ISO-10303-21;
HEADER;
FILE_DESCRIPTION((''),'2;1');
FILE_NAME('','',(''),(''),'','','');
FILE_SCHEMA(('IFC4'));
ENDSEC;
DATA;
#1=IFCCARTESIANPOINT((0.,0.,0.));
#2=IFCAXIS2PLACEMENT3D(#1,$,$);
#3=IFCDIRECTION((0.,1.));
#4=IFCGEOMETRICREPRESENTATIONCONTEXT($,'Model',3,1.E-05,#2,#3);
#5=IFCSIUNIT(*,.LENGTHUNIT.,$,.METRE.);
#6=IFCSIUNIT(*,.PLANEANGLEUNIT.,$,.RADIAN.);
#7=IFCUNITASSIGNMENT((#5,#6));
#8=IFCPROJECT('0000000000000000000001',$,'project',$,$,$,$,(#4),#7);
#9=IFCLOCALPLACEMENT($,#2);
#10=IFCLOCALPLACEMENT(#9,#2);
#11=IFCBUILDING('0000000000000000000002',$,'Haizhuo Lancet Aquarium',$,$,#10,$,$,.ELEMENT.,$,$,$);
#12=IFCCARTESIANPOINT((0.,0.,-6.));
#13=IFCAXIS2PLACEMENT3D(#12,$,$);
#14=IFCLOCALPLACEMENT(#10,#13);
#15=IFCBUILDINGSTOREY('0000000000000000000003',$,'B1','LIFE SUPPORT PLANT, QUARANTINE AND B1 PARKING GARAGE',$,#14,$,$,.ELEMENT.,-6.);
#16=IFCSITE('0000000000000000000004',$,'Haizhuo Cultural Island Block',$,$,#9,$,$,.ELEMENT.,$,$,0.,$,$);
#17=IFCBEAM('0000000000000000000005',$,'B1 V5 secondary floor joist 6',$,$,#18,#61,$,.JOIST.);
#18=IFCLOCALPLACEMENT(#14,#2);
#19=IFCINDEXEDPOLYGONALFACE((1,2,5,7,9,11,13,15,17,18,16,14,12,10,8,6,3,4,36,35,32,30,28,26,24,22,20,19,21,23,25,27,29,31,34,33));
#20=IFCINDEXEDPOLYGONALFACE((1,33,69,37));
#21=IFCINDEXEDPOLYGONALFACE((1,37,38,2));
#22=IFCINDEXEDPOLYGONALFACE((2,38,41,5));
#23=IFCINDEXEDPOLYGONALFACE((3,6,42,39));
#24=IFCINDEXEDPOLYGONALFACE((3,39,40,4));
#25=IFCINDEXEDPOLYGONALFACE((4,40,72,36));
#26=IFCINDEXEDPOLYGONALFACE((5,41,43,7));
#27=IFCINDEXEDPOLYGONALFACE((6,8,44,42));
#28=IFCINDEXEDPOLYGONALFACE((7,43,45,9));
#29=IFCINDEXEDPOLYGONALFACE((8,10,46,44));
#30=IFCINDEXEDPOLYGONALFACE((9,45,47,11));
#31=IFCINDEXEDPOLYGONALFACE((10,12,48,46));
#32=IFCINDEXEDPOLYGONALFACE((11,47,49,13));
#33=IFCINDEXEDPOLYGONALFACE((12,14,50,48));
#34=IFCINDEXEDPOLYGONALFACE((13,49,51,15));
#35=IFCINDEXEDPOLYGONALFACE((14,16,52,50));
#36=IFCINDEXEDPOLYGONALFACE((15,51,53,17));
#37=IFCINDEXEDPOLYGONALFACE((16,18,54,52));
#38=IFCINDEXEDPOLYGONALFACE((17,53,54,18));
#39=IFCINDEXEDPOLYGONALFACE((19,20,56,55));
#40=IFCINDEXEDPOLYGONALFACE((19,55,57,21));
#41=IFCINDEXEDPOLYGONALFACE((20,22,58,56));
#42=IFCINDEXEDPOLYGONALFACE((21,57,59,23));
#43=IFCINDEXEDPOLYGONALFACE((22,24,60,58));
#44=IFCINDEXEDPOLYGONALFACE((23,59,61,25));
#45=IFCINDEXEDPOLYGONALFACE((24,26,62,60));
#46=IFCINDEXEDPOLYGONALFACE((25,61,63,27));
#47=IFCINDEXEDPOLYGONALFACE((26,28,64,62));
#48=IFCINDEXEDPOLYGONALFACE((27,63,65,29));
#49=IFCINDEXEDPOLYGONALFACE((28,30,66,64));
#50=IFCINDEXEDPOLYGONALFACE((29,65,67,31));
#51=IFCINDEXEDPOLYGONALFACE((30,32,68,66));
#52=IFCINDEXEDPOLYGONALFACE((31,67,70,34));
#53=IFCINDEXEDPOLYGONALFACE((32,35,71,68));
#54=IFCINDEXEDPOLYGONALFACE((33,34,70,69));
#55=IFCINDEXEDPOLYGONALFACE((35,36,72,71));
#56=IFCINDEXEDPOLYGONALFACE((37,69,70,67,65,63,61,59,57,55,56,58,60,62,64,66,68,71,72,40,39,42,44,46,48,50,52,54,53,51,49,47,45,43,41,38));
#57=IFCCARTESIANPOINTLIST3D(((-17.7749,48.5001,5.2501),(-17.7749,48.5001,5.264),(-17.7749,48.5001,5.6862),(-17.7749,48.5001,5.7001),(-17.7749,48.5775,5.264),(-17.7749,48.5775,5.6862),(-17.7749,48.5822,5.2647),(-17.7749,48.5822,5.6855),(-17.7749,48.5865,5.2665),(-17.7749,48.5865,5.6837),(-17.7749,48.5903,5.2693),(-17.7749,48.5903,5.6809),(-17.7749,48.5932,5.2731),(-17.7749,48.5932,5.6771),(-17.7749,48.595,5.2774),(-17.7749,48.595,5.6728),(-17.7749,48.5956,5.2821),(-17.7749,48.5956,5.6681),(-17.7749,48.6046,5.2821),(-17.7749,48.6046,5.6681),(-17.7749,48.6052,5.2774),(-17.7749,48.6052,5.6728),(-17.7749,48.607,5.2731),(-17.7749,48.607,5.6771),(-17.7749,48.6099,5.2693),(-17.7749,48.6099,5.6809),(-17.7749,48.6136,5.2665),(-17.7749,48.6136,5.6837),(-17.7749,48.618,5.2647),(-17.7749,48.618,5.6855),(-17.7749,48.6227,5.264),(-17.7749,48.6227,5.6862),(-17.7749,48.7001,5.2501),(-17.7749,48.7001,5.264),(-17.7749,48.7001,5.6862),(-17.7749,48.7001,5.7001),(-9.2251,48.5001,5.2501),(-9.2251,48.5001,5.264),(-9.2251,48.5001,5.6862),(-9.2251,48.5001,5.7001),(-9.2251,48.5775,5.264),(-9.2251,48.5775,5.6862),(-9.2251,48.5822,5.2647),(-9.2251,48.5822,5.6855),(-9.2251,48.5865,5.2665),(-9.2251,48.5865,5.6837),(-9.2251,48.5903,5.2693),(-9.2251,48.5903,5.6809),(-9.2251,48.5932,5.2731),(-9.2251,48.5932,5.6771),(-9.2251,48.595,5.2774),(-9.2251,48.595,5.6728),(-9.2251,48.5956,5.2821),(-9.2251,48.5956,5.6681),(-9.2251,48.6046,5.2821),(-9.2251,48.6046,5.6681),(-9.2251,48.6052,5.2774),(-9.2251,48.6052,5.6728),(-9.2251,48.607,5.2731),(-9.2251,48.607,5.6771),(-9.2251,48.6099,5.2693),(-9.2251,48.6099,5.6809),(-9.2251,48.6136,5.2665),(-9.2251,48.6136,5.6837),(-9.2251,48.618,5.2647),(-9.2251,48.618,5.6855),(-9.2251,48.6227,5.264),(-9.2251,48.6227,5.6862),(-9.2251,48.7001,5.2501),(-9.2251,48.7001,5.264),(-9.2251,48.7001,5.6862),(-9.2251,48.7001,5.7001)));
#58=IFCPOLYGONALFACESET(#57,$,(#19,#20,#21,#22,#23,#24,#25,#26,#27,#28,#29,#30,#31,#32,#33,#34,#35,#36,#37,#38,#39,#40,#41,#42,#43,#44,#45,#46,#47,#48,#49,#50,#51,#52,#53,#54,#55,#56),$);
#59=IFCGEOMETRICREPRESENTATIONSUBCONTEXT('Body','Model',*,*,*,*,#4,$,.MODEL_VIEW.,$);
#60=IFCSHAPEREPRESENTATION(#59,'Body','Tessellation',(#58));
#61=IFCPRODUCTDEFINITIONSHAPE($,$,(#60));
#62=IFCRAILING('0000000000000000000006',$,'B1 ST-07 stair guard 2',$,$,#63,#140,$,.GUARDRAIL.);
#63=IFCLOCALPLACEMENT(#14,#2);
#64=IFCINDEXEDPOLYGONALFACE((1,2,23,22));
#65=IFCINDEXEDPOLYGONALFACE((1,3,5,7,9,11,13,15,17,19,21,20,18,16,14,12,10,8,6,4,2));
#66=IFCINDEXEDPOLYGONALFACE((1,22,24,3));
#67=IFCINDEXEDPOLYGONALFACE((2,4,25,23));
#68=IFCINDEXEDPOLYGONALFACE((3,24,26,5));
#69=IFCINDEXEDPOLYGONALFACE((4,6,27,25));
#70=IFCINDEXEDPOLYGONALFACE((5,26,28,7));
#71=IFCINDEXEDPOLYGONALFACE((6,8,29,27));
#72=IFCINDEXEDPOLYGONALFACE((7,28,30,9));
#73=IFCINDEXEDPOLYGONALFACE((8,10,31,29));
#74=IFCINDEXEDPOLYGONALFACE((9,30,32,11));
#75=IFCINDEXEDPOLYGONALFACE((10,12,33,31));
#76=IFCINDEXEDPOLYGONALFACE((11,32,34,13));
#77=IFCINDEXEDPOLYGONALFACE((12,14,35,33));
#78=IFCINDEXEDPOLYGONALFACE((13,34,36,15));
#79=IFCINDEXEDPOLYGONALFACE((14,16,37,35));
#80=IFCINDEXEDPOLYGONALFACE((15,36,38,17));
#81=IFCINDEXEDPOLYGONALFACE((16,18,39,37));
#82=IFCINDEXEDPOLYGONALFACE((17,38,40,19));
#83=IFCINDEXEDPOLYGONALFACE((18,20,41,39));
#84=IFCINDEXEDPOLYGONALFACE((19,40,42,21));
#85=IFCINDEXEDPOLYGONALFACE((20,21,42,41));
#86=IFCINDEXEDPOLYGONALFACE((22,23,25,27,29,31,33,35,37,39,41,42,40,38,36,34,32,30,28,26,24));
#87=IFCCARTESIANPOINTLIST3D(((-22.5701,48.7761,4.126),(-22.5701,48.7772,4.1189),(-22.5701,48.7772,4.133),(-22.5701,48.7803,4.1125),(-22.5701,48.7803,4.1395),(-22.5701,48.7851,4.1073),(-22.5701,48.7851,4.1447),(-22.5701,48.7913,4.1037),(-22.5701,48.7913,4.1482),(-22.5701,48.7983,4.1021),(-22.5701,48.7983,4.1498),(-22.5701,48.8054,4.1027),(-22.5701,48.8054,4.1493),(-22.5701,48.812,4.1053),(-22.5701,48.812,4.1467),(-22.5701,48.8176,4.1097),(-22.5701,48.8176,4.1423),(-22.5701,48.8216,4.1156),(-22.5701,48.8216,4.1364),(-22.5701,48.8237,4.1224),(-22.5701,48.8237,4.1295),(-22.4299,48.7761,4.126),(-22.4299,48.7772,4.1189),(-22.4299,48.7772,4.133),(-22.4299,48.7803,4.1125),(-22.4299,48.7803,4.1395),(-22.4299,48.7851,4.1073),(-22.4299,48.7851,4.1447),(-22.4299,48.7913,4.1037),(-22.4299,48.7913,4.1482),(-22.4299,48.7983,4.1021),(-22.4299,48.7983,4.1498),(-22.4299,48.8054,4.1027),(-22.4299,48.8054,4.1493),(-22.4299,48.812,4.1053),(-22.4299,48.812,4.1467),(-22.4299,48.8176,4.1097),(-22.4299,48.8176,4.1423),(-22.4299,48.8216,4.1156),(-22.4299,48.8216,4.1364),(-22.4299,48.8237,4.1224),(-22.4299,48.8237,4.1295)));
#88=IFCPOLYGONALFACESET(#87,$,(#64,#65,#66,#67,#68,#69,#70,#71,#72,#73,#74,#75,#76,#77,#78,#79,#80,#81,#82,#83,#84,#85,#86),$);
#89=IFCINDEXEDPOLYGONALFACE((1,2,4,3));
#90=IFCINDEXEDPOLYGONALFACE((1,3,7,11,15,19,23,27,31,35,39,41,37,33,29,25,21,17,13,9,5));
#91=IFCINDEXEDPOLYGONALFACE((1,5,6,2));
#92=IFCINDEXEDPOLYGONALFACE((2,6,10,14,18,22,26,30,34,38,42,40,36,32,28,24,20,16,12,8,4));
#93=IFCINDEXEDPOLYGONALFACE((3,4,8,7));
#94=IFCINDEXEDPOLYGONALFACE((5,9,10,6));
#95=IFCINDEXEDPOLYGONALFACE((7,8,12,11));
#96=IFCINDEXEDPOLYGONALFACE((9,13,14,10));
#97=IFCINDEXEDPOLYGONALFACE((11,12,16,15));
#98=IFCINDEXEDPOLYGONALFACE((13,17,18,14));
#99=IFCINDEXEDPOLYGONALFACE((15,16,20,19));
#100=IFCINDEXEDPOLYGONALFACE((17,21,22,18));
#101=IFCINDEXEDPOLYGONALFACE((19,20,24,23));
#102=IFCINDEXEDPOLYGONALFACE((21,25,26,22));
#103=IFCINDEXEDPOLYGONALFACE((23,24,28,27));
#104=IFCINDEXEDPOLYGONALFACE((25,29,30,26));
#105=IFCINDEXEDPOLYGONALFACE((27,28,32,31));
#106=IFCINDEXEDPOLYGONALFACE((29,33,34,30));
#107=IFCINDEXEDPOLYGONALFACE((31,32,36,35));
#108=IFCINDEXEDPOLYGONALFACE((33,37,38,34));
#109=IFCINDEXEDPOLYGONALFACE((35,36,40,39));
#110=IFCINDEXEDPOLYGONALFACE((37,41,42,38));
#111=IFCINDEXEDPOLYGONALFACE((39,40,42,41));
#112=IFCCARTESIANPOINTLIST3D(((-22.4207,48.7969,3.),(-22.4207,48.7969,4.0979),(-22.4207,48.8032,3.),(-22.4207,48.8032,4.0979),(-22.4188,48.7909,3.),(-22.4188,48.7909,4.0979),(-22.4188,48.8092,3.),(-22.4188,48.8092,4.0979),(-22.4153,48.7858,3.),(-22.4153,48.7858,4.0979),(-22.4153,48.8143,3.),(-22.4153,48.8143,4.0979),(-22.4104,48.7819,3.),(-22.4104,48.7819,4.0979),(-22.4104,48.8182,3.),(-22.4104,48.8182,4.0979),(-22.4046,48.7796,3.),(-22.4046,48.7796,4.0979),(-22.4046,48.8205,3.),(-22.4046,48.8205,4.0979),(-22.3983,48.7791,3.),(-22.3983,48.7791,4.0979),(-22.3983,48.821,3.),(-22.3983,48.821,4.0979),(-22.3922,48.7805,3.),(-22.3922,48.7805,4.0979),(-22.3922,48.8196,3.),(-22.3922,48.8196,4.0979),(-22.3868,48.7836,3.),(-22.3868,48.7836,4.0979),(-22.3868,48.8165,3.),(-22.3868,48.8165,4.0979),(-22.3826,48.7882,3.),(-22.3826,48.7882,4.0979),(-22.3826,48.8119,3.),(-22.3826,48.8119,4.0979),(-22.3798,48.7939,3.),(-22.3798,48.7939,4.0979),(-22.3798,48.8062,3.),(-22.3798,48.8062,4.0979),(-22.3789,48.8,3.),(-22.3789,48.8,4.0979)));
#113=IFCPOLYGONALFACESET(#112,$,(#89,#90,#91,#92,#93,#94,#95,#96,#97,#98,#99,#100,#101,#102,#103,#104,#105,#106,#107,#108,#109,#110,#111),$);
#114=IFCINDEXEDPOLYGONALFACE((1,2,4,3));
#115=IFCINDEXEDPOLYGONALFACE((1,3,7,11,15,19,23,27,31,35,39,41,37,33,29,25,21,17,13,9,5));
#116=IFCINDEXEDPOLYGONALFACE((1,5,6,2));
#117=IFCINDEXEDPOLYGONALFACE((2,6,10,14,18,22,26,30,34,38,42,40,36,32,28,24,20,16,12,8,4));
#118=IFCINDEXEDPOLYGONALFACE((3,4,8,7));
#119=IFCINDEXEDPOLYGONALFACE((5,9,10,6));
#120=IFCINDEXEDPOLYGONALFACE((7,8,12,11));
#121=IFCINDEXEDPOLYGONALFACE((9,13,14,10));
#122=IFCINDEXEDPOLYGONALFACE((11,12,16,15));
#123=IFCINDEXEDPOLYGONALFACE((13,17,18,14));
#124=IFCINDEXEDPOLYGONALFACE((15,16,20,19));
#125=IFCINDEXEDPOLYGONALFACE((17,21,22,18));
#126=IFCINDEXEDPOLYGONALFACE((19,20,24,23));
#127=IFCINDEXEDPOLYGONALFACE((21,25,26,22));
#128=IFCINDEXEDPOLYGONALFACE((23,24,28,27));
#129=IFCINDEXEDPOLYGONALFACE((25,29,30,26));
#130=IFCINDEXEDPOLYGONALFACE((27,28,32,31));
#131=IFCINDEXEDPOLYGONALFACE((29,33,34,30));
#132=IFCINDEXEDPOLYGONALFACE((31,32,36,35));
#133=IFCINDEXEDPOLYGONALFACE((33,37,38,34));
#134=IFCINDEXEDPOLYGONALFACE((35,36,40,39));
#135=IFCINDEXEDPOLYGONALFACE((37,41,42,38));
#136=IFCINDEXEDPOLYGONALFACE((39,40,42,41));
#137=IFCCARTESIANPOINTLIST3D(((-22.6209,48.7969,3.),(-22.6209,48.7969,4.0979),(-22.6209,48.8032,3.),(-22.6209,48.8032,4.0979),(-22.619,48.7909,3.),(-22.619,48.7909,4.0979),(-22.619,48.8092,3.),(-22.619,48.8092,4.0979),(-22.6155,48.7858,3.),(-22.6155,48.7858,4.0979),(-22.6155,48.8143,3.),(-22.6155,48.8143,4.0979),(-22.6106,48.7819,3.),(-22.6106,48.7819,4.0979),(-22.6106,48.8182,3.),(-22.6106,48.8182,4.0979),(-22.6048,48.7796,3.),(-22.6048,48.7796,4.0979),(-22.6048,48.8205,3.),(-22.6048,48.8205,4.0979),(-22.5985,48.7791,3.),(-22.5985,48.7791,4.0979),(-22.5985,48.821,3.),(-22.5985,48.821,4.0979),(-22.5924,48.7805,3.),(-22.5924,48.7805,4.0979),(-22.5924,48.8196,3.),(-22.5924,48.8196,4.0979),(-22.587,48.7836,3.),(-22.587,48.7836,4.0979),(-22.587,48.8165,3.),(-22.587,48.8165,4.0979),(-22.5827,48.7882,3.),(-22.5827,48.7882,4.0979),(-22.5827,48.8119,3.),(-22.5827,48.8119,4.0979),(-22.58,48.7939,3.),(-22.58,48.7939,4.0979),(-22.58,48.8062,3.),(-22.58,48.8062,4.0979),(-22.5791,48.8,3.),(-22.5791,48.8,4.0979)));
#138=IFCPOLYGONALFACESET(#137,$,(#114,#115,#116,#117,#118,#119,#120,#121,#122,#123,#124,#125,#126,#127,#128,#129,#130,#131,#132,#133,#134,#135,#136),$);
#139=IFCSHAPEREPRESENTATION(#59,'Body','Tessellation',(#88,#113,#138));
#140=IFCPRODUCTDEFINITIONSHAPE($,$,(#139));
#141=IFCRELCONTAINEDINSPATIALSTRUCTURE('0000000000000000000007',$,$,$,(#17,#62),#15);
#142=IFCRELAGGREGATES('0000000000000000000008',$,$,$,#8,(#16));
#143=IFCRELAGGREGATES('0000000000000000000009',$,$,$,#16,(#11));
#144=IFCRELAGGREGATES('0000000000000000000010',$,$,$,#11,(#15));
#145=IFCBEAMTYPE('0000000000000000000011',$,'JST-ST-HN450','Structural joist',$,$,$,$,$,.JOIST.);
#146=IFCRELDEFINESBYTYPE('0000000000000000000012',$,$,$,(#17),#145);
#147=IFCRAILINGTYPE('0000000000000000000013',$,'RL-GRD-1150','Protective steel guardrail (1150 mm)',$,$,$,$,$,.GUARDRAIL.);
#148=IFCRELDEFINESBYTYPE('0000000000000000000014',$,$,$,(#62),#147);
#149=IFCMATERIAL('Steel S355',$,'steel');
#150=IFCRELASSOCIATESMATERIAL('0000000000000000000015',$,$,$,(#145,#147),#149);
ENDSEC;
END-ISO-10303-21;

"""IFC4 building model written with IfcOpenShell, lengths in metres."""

from ifc_helpers import new_model, si_unit, direction, frame, origin, origin_2d, place, context, subcontext, project, spatial, circle, i_section, extrude, material, material_profile, profile_set, type_object, element, save


model = new_model("IFC4")

# Units and contexts
model_context = context("Model", 3, precision=1e-05, world=origin(), true_north=direction((0.0, 1.0)))
body_context = subcontext(model_context, "Body", "Model", "MODEL_VIEW")
ifc_project = project(units=[si_unit("LENGTHUNIT", "METRE"), si_unit("PLANEANGLEUNIT", "RADIAN")], contexts=[model_context])

# Site, building, storey
site_placement = place(None, origin())
site = spatial("IfcSite", under=ifc_project, at=site_placement, Name="Haizhuo Cultural Island Block", CompositionType="ELEMENT", RefElevation=0.0)
building_placement = place(site_placement, origin())
building = spatial("IfcBuilding", under=site, at=building_placement, Name="Haizhuo Lancet Aquarium", CompositionType="ELEMENT")
storey_placement = place(building_placement, frame((0.0, 0.0, -6.0)))
storey = spatial("IfcBuildingStorey", under=building, at=storey_placement, Name="B1", Description="LIFE SUPPORT PLANT, QUARANTINE AND B1 PARKING GARAGE", CompositionType="ELEMENT", Elevation=-6.0)

# Beam
ifc_material_1 = material(Name="Steel S355", Category="steel")
ifc_material_profile_1 = material_profile(ifc_material_1, i_section(OverallWidth=0.2, OverallDepth=0.45, WebThickness=0.009, FlangeThickness=0.0139, FilletRadius=0.0181, at=origin_2d()), Name="HN 450x200x9x14")
ifc_profile_set_1 = profile_set([ifc_material_profile_1], Name="Steel S355")
beam_type_1 = type_object("IfcBeamType", Name="JST-ST-HN450", Description="Structural joist", PredefinedType="JOIST", material=ifc_profile_set_1)
beam_1_placement = place(storey_placement, frame((-17.7749, 48.6001, 5.4751), z_axis=(1.0, 0.0, 0.0), x_axis=(0.0, 1.0, 0.0)))
element("IfcBeam", 1, at=beam_1_placement, inside=storey, type_object=beam_type_1, Name="B1 V5 secondary floor joist 6", PredefinedType="JOIST", context=body_context, shape_type="SweptSolid", body=[
    extrude(i_section(OverallWidth=0.2, OverallDepth=0.45, WebThickness=0.009, FlangeThickness=0.0139, FilletRadius=0.0181, at=origin_2d()), origin(), (0.0, 0.0, 1.0), 8.5498),
])

# Railing
railing_type = type_object("IfcRailingType", Name="RL-GRD-1150", Description="Protective steel guardrail (1150 mm)", PredefinedType="GUARDRAIL", material=ifc_material_1)
railing_placement = place(storey_placement, frame((-22.3999, 48.8, 3.0)))
element("IfcRailing", 2, at=railing_placement, inside=storey, type_object=railing_type, Name="B1 ST-07 stair guard 2", PredefinedType="GUARDRAIL", context=body_context, shape_type="SweptSolid", body=[
    extrude(circle(Radius=0.0239, at=origin_2d()), frame((-0.03, 0.0, 1.126), z_axis=(-1.0, 0.0, 0.0), x_axis=(0.0, -1.0, 0.0)), (0.0, 0.0, 1.0), 0.1401),
    extrude(circle(Radius=0.021, at=origin_2d()), origin(), (0.0, 0.0, 1.0), 1.0979),
    extrude(circle(Radius=0.021, at=origin_2d()), frame((-0.2002, 0.0, 0.0)), (0.0, 0.0, 1.0), 1.0979),
])

save(model, "model.ifc")
